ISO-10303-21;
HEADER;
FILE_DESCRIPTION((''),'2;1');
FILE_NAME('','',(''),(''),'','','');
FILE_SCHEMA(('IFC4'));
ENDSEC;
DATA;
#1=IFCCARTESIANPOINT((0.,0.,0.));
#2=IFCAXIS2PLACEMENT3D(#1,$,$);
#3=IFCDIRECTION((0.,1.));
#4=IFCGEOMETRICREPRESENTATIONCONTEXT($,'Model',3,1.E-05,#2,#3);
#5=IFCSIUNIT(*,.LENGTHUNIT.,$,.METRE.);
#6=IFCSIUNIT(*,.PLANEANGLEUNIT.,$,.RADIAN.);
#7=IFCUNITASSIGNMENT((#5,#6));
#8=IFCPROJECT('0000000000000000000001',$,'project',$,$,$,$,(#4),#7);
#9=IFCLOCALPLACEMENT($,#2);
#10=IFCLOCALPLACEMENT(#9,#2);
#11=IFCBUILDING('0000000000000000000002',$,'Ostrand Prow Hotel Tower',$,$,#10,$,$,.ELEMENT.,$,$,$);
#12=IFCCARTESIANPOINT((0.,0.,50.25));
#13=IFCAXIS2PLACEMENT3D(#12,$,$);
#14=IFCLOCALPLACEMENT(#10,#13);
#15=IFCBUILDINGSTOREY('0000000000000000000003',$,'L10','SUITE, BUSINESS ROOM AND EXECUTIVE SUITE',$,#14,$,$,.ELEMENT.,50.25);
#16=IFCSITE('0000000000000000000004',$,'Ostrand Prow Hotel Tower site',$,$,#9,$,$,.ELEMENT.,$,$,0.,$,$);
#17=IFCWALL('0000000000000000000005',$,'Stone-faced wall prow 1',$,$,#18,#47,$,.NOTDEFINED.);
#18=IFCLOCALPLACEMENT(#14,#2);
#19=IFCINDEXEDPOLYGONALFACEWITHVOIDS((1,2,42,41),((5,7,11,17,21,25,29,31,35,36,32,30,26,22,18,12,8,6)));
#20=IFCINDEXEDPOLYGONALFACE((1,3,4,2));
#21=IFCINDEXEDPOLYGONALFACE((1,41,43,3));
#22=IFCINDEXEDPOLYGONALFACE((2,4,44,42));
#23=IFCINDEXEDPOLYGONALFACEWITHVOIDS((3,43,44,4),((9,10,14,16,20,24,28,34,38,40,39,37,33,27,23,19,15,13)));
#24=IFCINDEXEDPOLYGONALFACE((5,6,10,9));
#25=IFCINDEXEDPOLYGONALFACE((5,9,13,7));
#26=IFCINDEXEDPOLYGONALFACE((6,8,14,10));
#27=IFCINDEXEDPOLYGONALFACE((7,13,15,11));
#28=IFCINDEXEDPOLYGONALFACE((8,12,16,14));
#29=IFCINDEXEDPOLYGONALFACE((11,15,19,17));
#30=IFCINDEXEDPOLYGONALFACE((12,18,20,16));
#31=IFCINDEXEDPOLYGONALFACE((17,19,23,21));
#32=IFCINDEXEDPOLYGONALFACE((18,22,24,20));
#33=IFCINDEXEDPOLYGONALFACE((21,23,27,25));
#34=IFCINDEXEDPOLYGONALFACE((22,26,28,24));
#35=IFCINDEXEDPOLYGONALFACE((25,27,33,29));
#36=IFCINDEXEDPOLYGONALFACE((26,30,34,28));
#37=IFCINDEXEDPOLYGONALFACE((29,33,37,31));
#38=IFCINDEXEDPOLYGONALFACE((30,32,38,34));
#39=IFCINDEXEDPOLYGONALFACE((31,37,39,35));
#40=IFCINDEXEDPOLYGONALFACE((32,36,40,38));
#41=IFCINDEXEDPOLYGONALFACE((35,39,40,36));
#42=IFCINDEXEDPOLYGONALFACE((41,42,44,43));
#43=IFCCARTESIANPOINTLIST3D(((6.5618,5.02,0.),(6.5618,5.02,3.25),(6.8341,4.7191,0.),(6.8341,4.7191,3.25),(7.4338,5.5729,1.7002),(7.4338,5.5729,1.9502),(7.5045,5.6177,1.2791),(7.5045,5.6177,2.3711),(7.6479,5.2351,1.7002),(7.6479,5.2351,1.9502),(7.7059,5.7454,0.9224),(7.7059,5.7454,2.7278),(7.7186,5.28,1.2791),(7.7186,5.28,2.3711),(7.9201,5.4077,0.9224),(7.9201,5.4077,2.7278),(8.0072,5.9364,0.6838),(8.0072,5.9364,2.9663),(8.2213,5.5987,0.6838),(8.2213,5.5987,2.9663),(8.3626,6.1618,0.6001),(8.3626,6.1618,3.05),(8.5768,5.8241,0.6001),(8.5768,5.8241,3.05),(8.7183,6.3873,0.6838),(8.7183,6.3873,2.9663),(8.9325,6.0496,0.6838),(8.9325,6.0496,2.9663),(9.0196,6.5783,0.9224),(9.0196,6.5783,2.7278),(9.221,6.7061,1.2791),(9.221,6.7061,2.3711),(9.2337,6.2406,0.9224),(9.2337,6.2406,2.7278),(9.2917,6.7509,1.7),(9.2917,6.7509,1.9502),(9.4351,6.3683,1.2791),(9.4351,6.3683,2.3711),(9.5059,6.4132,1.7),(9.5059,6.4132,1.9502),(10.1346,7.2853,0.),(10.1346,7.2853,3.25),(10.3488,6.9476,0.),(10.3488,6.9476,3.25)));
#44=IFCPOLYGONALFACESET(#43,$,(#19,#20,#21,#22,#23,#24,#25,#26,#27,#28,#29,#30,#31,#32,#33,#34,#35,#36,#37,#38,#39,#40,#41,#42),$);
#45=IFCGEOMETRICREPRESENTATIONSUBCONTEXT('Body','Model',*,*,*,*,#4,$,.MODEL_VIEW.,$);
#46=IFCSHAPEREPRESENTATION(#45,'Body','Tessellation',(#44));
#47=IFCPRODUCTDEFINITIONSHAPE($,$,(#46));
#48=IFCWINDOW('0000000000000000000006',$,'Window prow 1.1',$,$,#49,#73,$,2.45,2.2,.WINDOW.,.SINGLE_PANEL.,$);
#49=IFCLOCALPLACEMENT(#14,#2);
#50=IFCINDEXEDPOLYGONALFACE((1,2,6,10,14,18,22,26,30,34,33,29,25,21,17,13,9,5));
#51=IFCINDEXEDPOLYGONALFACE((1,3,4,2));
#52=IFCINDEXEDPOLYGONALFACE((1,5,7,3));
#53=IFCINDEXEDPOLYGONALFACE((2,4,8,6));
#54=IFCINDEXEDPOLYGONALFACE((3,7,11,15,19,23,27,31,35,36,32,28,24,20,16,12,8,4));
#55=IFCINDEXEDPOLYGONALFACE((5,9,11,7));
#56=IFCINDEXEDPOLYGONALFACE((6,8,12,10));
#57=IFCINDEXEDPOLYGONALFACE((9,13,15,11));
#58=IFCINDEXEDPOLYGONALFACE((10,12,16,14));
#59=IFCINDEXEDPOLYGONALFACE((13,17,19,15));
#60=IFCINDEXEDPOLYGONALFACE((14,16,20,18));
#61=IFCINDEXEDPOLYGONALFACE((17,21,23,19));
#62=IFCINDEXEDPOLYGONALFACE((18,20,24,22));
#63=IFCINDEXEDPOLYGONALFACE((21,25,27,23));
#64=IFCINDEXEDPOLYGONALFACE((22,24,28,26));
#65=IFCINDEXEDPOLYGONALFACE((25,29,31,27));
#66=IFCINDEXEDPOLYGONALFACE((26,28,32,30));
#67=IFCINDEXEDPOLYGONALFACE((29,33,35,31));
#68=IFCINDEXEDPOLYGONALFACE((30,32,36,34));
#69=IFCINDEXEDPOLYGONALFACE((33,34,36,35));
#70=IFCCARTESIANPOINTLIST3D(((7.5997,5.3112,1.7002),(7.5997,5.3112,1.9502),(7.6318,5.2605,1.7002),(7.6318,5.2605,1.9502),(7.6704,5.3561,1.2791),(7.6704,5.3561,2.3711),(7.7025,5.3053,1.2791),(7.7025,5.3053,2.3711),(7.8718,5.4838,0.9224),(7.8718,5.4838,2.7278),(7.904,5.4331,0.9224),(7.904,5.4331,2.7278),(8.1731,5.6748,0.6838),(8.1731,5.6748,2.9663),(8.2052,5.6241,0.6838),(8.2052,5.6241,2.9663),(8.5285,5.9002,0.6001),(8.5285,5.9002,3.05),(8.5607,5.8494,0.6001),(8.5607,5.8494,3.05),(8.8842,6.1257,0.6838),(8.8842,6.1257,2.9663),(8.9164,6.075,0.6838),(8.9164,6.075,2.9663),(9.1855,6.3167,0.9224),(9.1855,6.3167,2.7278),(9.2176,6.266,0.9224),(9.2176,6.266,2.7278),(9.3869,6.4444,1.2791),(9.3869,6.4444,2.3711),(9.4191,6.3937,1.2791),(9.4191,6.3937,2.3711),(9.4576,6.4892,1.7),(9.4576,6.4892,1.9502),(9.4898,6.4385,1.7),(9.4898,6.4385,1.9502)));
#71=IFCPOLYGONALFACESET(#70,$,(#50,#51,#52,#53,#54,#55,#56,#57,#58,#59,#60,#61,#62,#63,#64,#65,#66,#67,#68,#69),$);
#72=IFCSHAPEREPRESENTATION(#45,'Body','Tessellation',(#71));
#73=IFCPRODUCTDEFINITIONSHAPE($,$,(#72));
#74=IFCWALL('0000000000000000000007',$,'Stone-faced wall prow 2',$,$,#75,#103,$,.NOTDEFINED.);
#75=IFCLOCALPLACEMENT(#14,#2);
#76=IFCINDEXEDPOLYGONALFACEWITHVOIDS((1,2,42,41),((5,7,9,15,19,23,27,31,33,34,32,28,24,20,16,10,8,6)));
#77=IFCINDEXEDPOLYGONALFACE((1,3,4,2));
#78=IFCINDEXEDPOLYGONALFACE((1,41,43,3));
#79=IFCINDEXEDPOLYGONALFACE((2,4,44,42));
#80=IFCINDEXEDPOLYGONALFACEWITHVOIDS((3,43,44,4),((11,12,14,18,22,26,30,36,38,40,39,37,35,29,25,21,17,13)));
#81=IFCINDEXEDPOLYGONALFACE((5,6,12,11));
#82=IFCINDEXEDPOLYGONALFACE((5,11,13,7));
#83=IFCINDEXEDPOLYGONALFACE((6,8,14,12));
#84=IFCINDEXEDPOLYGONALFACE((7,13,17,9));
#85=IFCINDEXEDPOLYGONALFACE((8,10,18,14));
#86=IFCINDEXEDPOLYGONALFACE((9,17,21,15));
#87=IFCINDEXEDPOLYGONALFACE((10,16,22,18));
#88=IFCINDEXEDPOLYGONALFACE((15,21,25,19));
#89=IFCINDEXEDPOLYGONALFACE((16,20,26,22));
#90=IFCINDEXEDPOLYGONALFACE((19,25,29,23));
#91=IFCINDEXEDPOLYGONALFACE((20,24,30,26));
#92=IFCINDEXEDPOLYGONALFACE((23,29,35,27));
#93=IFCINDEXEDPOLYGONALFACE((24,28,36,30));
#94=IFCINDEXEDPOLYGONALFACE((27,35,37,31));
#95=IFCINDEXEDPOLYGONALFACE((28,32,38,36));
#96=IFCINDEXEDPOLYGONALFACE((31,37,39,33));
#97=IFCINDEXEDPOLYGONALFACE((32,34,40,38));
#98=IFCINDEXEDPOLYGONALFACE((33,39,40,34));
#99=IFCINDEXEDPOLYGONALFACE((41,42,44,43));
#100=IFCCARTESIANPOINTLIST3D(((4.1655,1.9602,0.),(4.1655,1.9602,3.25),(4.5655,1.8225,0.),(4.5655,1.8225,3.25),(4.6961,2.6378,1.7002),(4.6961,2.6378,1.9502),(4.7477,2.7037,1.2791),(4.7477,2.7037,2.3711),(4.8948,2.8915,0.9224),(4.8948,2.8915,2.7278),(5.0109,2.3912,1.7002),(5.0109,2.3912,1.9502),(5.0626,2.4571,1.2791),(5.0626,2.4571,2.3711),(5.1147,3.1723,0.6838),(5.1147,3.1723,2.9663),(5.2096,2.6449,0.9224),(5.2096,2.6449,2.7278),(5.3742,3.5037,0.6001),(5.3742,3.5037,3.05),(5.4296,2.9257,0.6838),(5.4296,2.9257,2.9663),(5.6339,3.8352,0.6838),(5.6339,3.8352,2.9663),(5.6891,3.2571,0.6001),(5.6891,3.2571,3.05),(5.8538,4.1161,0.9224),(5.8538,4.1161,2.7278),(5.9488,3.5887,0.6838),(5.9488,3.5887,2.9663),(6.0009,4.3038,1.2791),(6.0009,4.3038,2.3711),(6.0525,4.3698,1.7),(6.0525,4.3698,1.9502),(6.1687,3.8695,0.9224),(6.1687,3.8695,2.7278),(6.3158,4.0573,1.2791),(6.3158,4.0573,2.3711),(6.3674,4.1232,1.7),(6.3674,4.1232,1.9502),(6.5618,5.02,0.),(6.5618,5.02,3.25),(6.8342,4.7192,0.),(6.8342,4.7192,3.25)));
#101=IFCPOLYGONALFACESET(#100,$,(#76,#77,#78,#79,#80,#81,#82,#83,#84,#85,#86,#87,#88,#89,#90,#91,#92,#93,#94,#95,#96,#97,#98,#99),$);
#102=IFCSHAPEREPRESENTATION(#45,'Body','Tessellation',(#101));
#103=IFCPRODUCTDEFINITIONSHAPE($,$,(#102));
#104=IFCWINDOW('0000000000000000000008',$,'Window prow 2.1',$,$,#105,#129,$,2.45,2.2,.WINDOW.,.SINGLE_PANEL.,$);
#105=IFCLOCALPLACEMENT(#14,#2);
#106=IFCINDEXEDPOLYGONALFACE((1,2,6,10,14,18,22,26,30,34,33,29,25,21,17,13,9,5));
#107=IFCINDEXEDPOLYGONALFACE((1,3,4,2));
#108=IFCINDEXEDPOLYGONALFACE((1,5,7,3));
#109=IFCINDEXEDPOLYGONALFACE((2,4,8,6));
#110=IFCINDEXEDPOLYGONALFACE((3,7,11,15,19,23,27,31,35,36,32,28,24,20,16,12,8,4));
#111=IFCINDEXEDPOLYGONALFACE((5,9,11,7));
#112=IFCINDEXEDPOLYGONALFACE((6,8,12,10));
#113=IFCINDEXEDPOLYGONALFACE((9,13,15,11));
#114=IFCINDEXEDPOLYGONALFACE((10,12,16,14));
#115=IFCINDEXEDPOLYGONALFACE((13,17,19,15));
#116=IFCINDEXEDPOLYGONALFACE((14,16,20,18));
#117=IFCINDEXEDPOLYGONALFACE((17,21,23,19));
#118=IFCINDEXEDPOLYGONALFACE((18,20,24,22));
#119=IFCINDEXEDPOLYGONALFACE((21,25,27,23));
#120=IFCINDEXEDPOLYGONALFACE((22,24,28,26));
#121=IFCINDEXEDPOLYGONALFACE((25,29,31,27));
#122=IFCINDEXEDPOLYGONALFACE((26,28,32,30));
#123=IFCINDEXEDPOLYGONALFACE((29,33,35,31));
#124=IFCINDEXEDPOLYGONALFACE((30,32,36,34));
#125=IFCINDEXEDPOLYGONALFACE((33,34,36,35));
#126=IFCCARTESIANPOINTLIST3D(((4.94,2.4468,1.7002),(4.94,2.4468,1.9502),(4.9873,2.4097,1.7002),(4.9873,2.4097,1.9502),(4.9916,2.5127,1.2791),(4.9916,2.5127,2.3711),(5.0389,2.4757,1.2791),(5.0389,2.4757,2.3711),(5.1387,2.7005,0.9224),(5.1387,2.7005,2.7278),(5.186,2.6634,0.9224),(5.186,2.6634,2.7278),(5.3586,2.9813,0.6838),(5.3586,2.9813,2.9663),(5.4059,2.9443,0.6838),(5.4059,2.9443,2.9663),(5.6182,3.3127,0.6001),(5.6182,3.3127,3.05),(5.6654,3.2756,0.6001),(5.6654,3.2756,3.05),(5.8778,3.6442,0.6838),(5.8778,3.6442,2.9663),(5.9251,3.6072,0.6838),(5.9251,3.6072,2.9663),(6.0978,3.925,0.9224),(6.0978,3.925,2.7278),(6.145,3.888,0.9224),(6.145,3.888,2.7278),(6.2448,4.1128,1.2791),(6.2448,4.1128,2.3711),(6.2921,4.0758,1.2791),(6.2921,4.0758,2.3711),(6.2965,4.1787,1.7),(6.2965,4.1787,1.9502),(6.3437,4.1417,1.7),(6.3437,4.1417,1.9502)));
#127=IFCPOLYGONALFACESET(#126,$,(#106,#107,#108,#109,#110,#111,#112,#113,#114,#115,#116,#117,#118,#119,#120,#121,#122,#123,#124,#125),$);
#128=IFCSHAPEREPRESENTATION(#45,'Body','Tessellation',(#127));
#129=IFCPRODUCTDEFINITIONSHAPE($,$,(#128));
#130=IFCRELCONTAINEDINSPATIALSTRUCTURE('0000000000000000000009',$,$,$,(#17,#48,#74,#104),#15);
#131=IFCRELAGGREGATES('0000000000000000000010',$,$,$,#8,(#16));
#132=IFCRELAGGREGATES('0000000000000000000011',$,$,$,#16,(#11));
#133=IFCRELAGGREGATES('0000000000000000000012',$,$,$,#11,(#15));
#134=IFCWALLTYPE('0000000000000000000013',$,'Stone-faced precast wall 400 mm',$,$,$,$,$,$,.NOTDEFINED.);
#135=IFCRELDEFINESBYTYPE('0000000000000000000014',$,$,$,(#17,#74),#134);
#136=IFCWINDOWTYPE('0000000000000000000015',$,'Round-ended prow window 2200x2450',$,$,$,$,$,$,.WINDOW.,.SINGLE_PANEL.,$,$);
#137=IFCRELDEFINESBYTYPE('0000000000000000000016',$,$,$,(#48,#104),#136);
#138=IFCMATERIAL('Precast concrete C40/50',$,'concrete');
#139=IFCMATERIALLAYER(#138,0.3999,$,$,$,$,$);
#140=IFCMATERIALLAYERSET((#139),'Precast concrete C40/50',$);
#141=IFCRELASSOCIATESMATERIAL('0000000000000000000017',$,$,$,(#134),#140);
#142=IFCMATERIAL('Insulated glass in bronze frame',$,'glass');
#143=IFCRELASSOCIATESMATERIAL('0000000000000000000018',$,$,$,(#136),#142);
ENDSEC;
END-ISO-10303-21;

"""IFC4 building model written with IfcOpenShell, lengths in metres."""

from ifc_helpers import new_model, si_unit, direction, frame, origin, place, context, subcontext, project, spatial, polyline, outline, extrude, material, layer, layer_set, type_object, element, fill, save


model = new_model("IFC4")

# Units and contexts
model_context = context("Model", 3, precision=1e-05, world=origin(), true_north=direction((0.0, 1.0)))
body_context = subcontext(model_context, "Body", "Model", "MODEL_VIEW")
ifc_project = project(units=[si_unit("LENGTHUNIT", "METRE"), si_unit("PLANEANGLEUNIT", "RADIAN")], contexts=[model_context])

# Site, building, storey
site_placement = place(None, origin())
site = spatial("IfcSite", under=ifc_project, at=site_placement, Name="Ostrand Prow Hotel Tower site", CompositionType="ELEMENT", RefElevation=0.0)
building_placement = place(site_placement, origin())
building = spatial("IfcBuilding", under=site, at=building_placement, Name="Ostrand Prow Hotel Tower", CompositionType="ELEMENT")
storey_placement = place(building_placement, frame((0.0, 0.0, 50.25)))
storey = spatial("IfcBuildingStorey", under=building, at=storey_placement, Name="L10", Description="SUITE, BUSINESS ROOM AND EXECUTIVE SUITE", CompositionType="ELEMENT", Elevation=50.25)

# Walls, openings, windows
ifc_material_1 = material(Name="Precast concrete C40/50", Category="concrete")
ifc_layer_1 = layer(ifc_material_1, 0.3999)
ifc_layer_set_1 = layer_set([ifc_layer_1], Name="Precast concrete C40/50")
wall_type_1 = type_object("IfcWallType", Name="Stone-faced precast wall 400 mm", PredefinedType="NOTDEFINED", material=ifc_layer_set_1)
wall_1_placement = place(storey_placement, frame((10.2417, 7.1165, 0.0), z_axis=(0.0, 0.0, 1.0), x_axis=(-0.844552, -0.535474, 0.0)))
wall_1 = element("IfcWall", 1, at=wall_1_placement, inside=storey, type_object=wall_type_1, Name="Stone-faced wall prow 1", PredefinedType="NOTDEFINED", context=body_context, shape_type="SweptSolid", body=[
    extrude(outline(polyline([(0.0, -0.2), (4.2305, -0.2), (4.1616, 0.2), (0.0, 0.2), (0.0, -0.2)])), origin(), (0.0, 0.0, 1.0), 3.25),
])
opening_1_placement = place(wall_1_placement, frame((0.998, 0.0, 0.6001)))
opening_1 = element("IfcOpeningElement", 2, at=opening_1_placement, cuts=wall_1, PredefinedType="OPENING", context=body_context, shape_type="SweptSolid", body=[
    extrude(outline(polyline([(0.0, 1.3501), (0.0837, 1.771), (0.3223, 2.1277), (0.679, 2.3662), (1.1001, 2.45), (1.521, 2.3662), (1.8777, 2.1277), (2.1162, 1.771), (2.2, 1.3501), (2.2, 1.1001), (2.1162, 0.679), (1.8777, 0.3223), (1.521, 0.0837), (1.1001, 0.0), (0.679, 0.0837), (0.3223, 0.3223), (0.0837, 0.679), (0.0, 1.0999), (0.0, 1.3501)])), frame((0.0, 0.21, 0.0), z_axis=(0.0, -1.0, 0.0), x_axis=(1.0, 0.0, 0.0)), (0.0, 0.0, 1.0), 0.4199),
])
ifc_material_2 = material(Name="Insulated glass in bronze frame", Category="glass")
window_type = type_object("IfcWindowType", Name="Round-ended prow window 2200x2450", PartitioningType="SINGLE_PANEL", PredefinedType="WINDOW", material=ifc_material_2)
window_1_placement = place(opening_1_placement, origin())
window_1 = element("IfcWindow", 3, at=window_1_placement, inside=storey, type_object=window_type, Name="Window prow 1.1", OverallHeight=2.45, OverallWidth=2.2, PartitioningType="SINGLE_PANEL", PredefinedType="WINDOW", context=body_context, shape_type="SweptSolid", body=[
    extrude(outline(polyline([(0.0, 1.3501), (0.0837, 1.771), (0.3223, 2.1277), (0.679, 2.3662), (1.1001, 2.45), (1.521, 2.3662), (1.8777, 2.1277), (2.1162, 1.771), (2.2, 1.3501), (2.2, 1.1001), (2.1162, 0.679), (1.8777, 0.3223), (1.521, 0.0837), (1.1001, 0.0), (0.679, 0.0837), (0.3223, 0.3223), (0.0837, 0.679), (0.0, 1.0999), (0.0, 1.3501)])), frame((0.0, 0.1699, 0.0), z_axis=(0.0, -1.0, 0.0), x_axis=(1.0, 0.0, 0.0)), (0.0, 0.0, 1.0), 0.0601),
])
fill(opening_1, window_1)
wall_2_placement = place(storey_placement, frame((6.698, 4.8696, 0.0), z_axis=(0.0, 0.0, 1.0), x_axis=(-0.616587, -0.787287, 0.0)))
wall_2 = element("IfcWall", 4, at=wall_2_placement, inside=storey, type_object=wall_type_1, Name="Stone-faced wall prow 2", PredefinedType="NOTDEFINED", context=body_context, shape_type="SweptSolid", body=[
    extrude(outline(polyline([(-0.0344, -0.2), (3.8521, -0.2), (3.7139, 0.2), (0.0344, 0.2), (-0.0344, -0.2)])), origin(), (0.0, 0.0, 1.0), 3.25),
])
opening_2_placement = place(wall_2_placement, frame((0.7915, 0.0, 0.6001)))
opening_2 = element("IfcOpeningElement", 5, at=opening_2_placement, cuts=wall_2, PredefinedType="OPENING", context=body_context, shape_type="SweptSolid", body=[
    extrude(outline(polyline([(0.0, 1.3501), (0.0837, 1.771), (0.3223, 2.1277), (0.679, 2.3662), (1.1001, 2.45), (1.521, 2.3662), (1.8777, 2.1277), (2.1162, 1.771), (2.2, 1.3501), (2.2, 1.1001), (2.1162, 0.679), (1.8777, 0.3223), (1.521, 0.0837), (1.1001, 0.0), (0.679, 0.0837), (0.3223, 0.3223), (0.0837, 0.679), (0.0, 1.0999), (0.0, 1.3501)])), frame((0.0, 0.21, 0.0), z_axis=(0.0, -1.0, 0.0), x_axis=(1.0, 0.0, 0.0)), (0.0, 0.0, 1.0), 0.4199),
])
window_2_placement = place(opening_2_placement, origin())
window_2 = element("IfcWindow", 6, at=window_2_placement, inside=storey, type_object=window_type, Name="Window prow 2.1", OverallHeight=2.45, OverallWidth=2.2, PartitioningType="SINGLE_PANEL", PredefinedType="WINDOW", context=body_context, shape_type="SweptSolid", body=[
    extrude(outline(polyline([(0.0, 1.3501), (0.0837, 1.771), (0.3223, 2.1277), (0.679, 2.3662), (1.1001, 2.45), (1.521, 2.3662), (1.8777, 2.1277), (2.1162, 1.771), (2.2, 1.3501), (2.2, 1.1001), (2.1162, 0.679), (1.8777, 0.3223), (1.521, 0.0837), (1.1001, 0.0), (0.679, 0.0837), (0.3223, 0.3223), (0.0837, 0.679), (0.0, 1.0999), (0.0, 1.3501)])), frame((0.0, 0.1699, 0.0), z_axis=(0.0, -1.0, 0.0), x_axis=(1.0, 0.0, 0.0)), (0.0, 0.0, 1.0), 0.0601),
])
fill(opening_2, window_2)

save(model, "model.ifc")
